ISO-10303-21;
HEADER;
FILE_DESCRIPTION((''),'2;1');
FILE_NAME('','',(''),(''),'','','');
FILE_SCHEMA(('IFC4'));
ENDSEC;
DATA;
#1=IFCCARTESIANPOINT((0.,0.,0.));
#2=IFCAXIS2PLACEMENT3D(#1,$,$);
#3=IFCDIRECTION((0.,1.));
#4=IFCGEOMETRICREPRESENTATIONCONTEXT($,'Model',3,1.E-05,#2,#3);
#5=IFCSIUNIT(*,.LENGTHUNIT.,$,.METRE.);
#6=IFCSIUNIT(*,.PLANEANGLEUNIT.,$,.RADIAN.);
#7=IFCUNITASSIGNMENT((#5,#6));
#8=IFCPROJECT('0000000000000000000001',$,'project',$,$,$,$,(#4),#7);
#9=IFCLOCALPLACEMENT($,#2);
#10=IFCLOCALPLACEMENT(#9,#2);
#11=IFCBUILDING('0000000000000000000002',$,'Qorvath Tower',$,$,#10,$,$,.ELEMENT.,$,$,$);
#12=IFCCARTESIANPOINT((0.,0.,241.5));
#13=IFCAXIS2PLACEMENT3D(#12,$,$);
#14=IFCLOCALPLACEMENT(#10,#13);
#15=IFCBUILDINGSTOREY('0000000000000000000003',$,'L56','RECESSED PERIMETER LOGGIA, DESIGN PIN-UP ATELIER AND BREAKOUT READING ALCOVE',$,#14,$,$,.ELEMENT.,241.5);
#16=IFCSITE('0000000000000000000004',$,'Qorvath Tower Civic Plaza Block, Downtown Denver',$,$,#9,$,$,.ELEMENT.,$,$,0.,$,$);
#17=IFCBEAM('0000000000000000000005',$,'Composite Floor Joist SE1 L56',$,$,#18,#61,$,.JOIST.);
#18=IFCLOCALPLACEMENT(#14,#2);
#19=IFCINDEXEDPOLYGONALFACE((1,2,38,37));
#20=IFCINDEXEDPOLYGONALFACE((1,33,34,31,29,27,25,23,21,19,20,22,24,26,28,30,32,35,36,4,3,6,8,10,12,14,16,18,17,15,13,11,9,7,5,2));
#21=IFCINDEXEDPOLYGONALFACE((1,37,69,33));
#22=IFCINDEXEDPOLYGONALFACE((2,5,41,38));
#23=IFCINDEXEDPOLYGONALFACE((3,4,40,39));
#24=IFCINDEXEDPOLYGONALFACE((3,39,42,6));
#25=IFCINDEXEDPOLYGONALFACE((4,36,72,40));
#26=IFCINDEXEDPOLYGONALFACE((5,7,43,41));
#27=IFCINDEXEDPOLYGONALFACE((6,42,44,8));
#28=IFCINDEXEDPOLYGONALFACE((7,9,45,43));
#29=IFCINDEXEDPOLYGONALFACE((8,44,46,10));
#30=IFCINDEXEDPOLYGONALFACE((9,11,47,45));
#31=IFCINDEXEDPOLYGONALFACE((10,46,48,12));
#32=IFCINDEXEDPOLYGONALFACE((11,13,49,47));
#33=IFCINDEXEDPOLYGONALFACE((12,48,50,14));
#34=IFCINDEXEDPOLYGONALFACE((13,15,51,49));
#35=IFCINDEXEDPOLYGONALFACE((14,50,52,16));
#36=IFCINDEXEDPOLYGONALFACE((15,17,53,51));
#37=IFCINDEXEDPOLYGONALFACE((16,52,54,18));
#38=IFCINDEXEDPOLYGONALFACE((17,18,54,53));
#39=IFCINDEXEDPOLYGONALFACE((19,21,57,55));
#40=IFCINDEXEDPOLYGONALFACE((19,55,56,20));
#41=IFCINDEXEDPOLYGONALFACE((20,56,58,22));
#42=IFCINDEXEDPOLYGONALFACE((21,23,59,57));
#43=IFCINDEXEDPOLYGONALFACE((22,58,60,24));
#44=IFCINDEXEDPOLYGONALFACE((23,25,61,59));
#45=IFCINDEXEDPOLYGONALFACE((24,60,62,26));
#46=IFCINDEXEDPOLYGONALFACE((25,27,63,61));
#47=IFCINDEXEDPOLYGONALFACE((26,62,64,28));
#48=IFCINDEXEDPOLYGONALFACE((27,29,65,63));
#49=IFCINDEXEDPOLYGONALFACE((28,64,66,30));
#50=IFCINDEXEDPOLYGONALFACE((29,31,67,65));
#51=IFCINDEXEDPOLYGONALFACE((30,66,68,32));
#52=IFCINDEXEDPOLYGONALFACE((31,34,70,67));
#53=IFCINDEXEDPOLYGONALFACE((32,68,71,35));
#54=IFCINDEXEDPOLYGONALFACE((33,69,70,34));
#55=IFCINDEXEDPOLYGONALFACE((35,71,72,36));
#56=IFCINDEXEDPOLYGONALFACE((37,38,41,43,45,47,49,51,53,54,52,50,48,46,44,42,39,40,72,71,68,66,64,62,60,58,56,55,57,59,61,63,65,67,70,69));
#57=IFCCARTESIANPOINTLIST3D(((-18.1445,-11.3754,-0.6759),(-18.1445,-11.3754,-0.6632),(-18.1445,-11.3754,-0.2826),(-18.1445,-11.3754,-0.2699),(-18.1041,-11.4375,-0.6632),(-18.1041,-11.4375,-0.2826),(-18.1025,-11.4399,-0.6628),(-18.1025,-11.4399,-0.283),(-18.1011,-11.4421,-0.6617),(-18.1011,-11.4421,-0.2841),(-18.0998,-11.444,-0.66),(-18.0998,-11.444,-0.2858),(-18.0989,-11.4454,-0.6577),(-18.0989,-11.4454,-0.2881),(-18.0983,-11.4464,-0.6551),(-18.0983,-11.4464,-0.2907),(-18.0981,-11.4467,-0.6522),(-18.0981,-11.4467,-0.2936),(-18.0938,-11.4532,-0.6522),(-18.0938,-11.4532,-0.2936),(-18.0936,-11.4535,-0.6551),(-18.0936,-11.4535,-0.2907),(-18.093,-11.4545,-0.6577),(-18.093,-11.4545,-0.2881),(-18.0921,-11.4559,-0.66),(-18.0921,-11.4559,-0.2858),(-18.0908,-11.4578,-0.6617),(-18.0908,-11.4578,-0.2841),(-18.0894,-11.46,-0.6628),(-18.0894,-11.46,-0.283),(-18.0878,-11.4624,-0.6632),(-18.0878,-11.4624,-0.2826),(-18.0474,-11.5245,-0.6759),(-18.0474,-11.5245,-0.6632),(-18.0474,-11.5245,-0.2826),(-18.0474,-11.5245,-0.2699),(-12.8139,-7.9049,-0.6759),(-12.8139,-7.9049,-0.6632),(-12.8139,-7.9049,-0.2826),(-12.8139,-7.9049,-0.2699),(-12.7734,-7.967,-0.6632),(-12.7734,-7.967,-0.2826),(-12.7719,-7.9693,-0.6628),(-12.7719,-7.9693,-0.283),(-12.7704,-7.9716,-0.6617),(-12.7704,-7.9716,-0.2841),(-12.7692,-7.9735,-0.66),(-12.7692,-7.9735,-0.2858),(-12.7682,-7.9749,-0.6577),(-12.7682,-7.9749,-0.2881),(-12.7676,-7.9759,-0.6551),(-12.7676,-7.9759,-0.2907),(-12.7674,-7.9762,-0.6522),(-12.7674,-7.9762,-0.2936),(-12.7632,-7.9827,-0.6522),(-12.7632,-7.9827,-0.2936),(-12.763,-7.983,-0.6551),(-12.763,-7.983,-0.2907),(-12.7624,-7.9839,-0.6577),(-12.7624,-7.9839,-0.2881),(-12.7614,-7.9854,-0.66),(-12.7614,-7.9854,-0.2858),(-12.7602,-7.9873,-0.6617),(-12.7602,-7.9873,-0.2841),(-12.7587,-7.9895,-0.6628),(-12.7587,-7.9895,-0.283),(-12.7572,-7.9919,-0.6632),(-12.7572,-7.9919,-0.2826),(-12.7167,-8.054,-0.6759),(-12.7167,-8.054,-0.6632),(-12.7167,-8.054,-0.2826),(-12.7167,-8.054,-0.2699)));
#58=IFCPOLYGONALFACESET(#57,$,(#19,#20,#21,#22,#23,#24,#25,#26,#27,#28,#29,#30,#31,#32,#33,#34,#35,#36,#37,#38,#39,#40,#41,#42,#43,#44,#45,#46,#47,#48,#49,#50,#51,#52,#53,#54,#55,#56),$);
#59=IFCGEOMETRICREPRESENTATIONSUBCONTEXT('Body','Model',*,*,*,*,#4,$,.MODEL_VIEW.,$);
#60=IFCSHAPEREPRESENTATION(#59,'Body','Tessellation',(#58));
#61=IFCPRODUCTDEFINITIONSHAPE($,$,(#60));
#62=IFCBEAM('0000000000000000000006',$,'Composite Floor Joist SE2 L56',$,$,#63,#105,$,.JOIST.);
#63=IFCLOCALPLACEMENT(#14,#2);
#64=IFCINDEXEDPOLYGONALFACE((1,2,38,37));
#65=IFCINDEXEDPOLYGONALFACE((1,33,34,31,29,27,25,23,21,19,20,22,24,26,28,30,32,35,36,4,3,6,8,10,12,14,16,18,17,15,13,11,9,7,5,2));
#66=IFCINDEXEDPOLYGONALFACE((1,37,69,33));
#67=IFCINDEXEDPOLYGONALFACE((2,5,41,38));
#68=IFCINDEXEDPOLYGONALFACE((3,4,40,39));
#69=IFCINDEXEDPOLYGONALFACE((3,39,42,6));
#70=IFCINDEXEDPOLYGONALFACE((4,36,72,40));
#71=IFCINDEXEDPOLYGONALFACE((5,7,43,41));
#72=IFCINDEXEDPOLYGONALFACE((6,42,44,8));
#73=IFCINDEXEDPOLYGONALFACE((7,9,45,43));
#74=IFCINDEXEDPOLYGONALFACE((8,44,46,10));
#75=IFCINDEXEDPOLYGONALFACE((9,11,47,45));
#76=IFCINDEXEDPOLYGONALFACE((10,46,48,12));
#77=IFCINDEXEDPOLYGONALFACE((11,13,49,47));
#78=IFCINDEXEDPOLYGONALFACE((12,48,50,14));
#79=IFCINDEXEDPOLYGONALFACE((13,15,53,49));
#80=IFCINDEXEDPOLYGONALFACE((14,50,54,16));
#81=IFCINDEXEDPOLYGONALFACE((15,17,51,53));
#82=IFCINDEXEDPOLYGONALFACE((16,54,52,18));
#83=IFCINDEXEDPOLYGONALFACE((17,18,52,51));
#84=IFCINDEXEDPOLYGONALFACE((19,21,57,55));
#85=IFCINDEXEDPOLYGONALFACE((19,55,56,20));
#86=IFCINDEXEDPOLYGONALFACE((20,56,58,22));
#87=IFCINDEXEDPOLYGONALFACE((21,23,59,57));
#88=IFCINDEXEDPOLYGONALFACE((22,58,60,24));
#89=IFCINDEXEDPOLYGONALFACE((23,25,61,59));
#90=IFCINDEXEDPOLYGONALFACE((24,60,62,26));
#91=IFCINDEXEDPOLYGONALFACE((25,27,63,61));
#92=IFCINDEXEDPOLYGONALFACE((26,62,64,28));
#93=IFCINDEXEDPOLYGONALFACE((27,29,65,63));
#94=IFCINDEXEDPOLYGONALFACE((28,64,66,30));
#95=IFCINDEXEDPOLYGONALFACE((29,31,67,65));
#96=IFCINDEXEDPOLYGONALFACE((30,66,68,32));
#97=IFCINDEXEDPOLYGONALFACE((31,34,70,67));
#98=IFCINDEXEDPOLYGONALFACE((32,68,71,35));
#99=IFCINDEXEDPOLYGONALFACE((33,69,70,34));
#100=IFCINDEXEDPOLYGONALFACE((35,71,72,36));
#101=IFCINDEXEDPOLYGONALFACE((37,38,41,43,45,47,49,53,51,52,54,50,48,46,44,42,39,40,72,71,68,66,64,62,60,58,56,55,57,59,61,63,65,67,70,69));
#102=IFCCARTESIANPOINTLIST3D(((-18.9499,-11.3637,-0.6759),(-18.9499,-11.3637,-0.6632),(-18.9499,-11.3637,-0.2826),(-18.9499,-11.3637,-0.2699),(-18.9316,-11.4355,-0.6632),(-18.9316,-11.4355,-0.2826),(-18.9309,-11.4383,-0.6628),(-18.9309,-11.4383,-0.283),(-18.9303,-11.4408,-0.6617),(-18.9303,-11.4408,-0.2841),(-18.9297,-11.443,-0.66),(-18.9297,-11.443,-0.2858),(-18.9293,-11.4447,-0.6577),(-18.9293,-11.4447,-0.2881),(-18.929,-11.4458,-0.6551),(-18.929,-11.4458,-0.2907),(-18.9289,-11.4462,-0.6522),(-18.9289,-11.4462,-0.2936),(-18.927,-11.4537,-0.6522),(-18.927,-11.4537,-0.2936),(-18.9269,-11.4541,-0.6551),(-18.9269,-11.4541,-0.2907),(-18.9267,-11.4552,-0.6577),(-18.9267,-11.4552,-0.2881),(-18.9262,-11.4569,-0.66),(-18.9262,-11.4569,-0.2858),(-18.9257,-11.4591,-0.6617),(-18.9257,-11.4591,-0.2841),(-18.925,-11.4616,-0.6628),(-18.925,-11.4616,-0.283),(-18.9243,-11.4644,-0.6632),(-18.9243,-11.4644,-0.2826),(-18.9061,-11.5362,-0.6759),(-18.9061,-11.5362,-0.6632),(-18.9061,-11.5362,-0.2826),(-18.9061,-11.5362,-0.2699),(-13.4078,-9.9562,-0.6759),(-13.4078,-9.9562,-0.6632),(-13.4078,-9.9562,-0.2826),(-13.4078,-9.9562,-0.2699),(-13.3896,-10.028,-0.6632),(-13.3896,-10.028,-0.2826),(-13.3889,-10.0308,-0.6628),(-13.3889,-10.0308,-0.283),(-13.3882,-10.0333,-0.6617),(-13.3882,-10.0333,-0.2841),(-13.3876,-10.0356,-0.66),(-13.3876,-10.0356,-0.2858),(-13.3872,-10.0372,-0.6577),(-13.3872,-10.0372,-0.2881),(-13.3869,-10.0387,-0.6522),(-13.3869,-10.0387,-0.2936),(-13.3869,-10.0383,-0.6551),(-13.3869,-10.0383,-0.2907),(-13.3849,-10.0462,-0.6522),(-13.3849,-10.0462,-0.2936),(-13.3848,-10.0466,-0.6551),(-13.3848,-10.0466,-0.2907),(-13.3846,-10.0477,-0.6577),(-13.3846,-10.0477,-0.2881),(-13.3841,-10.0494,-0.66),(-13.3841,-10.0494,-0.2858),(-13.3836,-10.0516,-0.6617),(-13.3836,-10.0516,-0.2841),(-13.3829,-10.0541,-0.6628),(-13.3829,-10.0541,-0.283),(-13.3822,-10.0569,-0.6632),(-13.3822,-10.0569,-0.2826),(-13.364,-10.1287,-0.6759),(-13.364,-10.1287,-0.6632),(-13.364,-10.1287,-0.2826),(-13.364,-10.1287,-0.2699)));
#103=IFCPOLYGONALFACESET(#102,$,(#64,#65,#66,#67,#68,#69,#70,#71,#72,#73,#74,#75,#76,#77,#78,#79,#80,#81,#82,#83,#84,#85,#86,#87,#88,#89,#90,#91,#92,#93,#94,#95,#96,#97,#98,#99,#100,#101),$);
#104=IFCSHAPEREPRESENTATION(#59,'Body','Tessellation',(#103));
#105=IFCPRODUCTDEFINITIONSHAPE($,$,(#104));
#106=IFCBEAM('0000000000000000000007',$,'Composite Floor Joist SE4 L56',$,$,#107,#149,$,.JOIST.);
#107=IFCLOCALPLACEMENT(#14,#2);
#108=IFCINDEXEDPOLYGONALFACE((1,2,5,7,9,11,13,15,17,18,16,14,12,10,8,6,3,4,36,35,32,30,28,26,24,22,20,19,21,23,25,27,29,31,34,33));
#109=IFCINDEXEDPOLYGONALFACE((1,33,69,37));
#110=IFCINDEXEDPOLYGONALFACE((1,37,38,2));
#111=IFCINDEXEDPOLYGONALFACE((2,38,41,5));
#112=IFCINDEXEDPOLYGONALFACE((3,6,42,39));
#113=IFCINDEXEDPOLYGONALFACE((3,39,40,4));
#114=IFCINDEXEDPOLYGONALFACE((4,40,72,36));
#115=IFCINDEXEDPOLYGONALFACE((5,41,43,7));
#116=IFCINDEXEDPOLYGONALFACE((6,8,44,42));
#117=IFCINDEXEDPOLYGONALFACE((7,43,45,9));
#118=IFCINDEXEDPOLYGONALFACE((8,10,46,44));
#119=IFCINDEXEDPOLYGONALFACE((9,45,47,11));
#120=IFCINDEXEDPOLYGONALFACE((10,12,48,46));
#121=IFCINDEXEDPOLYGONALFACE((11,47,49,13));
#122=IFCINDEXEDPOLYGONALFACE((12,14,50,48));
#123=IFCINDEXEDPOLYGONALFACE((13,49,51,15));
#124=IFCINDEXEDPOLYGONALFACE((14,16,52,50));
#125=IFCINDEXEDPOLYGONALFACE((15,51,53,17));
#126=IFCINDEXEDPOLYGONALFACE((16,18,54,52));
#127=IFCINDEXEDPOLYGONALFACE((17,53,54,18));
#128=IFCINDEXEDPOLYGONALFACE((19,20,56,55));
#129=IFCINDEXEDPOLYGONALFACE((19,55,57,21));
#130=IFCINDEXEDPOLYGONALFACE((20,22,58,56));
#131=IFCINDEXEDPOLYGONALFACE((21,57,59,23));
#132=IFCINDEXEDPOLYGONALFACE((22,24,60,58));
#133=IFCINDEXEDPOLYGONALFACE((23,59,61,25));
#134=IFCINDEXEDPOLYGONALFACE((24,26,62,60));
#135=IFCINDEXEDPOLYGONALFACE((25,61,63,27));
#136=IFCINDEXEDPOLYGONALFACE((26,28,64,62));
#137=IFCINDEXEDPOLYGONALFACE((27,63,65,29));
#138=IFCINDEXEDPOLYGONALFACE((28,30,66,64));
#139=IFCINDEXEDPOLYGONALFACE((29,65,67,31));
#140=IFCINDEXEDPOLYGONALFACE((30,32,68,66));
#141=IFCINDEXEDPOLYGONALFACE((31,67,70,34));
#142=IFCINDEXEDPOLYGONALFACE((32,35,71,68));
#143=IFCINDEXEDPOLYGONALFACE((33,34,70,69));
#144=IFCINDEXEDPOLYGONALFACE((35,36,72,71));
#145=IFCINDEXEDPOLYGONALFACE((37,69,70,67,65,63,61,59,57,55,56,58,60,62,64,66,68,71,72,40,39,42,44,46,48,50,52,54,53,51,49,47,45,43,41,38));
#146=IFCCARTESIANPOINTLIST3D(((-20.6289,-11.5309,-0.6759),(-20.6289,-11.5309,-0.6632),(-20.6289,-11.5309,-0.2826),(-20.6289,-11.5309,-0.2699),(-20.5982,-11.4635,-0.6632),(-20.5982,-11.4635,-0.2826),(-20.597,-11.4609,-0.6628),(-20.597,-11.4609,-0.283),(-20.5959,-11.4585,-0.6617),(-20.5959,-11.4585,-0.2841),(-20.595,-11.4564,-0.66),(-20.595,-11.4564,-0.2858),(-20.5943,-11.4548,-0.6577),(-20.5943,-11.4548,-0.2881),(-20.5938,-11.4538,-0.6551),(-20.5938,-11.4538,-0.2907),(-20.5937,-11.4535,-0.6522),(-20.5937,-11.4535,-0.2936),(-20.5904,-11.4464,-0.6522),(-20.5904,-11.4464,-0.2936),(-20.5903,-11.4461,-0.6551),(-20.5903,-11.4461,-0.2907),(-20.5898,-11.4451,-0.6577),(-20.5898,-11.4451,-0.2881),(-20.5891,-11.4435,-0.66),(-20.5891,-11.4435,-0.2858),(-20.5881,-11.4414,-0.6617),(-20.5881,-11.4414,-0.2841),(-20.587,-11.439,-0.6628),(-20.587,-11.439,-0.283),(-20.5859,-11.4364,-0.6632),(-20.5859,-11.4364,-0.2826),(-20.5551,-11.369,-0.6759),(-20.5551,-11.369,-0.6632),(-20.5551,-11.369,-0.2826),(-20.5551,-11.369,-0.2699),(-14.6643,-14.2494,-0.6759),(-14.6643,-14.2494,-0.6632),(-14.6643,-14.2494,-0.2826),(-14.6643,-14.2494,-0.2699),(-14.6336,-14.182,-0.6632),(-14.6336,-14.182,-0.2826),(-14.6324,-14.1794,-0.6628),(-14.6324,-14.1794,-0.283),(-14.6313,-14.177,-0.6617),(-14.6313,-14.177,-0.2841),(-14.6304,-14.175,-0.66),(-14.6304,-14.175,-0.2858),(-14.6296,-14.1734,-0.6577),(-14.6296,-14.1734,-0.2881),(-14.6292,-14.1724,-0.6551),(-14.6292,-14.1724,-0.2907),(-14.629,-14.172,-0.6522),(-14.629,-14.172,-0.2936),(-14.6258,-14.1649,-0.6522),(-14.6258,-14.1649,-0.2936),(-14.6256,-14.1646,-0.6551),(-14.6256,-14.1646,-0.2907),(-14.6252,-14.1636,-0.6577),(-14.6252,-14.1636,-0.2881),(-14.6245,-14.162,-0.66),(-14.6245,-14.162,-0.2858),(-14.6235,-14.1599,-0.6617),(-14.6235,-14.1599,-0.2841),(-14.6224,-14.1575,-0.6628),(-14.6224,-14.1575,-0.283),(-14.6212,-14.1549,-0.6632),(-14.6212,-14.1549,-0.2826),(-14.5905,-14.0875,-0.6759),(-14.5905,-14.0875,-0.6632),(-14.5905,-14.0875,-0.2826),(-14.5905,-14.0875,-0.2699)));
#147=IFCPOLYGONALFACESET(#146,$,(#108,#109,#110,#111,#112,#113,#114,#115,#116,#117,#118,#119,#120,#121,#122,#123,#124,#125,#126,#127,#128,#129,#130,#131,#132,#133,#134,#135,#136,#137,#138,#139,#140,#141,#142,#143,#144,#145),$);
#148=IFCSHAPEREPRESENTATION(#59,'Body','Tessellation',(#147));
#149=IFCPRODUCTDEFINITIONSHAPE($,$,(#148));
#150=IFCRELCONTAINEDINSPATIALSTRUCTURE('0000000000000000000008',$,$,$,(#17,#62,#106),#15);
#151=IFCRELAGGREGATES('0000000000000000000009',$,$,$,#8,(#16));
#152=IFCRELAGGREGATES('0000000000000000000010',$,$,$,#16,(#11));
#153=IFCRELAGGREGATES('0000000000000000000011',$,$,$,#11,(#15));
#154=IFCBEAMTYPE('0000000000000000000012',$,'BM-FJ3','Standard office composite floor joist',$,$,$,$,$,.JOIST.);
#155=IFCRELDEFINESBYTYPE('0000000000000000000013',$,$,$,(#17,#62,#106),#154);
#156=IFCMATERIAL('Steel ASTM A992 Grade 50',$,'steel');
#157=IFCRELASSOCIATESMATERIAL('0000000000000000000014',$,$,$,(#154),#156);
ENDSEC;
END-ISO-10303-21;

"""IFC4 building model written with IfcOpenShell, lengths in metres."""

from ifc_helpers import new_model, si_unit, direction, frame, origin, origin_2d, place, context, subcontext, project, spatial, i_section, extrude, material, material_profile, profile_set, type_object, element, save


model = new_model("IFC4")

# Units and contexts
model_context = context("Model", 3, precision=1e-05, world=origin(), true_north=direction((0.0, 1.0)))
body_context = subcontext(model_context, "Body", "Model", "MODEL_VIEW")
ifc_project = project(units=[si_unit("LENGTHUNIT", "METRE"), si_unit("PLANEANGLEUNIT", "RADIAN")], contexts=[model_context])

# Site, building, storey
site_placement = place(None, origin())
site = spatial("IfcSite", under=ifc_project, at=site_placement, Name="Qorvath Tower Civic Plaza Block, Downtown Denver", CompositionType="ELEMENT", RefElevation=0.0)
building_placement = place(site_placement, origin())
building = spatial("IfcBuilding", under=site, at=building_placement, Name="Qorvath Tower", CompositionType="ELEMENT")
storey_placement = place(building_placement, frame((0.0, 0.0, 241.5)))
storey = spatial("IfcBuildingStorey", under=building, at=storey_placement, Name="L56", Description="RECESSED PERIMETER LOGGIA, DESIGN PIN-UP ATELIER AND BREAKOUT READING ALCOVE", CompositionType="ELEMENT", Elevation=241.5)

# Beams
ifc_material_1 = material(Name="Steel ASTM A992 Grade 50", Category="steel")
ifc_material_profile_1 = material_profile(ifc_material_1, i_section(OverallWidth=0.178, OverallDepth=0.406, WebThickness=0.0078, FlangeThickness=0.0127, FilletRadius=0.011, at=origin_2d()), Name="W16x40")
ifc_profile_set_1 = profile_set([ifc_material_profile_1], Name="Steel ASTM A992 Grade 50")
beam_type_1 = type_object("IfcBeamType", Name="BM-FJ3", Description="Standard office composite floor joist", PredefinedType="JOIST", material=ifc_profile_set_1)
beam_1_placement = place(storey_placement, frame((-18.0959, -11.45, -0.4729), z_axis=(0.838042, 0.545606, 0.0), x_axis=(-0.545606, 0.838042, 0.0)))
element("IfcBeam", 1, at=beam_1_placement, inside=storey, type_object=beam_type_1, Name="Composite Floor Joist SE1 L56", PredefinedType="JOIST", context=body_context, shape_type="SweptSolid", body=[
    extrude(i_section(OverallWidth=0.178, OverallDepth=0.406, WebThickness=0.0078, FlangeThickness=0.0127, FilletRadius=0.011, at=origin_2d()), origin(), (0.0, 0.0, 1.0), 6.3608),
])
beam_2_placement = place(storey_placement, frame((-18.928, -11.45, -0.4729), z_axis=(0.969232, 0.246151, 0.0), x_axis=(-0.246151, 0.969232, 0.0)))
element("IfcBeam", 2, at=beam_2_placement, inside=storey, type_object=beam_type_1, Name="Composite Floor Joist SE2 L56", PredefinedType="JOIST", context=body_context, shape_type="SweptSolid", body=[
    extrude(i_section(OverallWidth=0.178, OverallDepth=0.406, WebThickness=0.0078, FlangeThickness=0.0127, FilletRadius=0.011, at=origin_2d()), origin(), (0.0, 0.0, 1.0), 5.718),
])
beam_3_placement = place(storey_placement, frame((-20.592, -11.45, -0.4729), z_axis=(0.909945, -0.414729, 0.0), x_axis=(0.414729, 0.909945, 0.0)))
element("IfcBeam", 3, at=beam_3_placement, inside=storey, type_object=beam_type_1, Name="Composite Floor Joist SE4 L56", PredefinedType="JOIST", context=body_context, shape_type="SweptSolid", body=[
    extrude(i_section(OverallWidth=0.178, OverallDepth=0.406, WebThickness=0.0078, FlangeThickness=0.0127, FilletRadius=0.011, at=origin_2d()), origin(), (0.0, 0.0, 1.0), 6.5549),
])

save(model, "model.ifc")
